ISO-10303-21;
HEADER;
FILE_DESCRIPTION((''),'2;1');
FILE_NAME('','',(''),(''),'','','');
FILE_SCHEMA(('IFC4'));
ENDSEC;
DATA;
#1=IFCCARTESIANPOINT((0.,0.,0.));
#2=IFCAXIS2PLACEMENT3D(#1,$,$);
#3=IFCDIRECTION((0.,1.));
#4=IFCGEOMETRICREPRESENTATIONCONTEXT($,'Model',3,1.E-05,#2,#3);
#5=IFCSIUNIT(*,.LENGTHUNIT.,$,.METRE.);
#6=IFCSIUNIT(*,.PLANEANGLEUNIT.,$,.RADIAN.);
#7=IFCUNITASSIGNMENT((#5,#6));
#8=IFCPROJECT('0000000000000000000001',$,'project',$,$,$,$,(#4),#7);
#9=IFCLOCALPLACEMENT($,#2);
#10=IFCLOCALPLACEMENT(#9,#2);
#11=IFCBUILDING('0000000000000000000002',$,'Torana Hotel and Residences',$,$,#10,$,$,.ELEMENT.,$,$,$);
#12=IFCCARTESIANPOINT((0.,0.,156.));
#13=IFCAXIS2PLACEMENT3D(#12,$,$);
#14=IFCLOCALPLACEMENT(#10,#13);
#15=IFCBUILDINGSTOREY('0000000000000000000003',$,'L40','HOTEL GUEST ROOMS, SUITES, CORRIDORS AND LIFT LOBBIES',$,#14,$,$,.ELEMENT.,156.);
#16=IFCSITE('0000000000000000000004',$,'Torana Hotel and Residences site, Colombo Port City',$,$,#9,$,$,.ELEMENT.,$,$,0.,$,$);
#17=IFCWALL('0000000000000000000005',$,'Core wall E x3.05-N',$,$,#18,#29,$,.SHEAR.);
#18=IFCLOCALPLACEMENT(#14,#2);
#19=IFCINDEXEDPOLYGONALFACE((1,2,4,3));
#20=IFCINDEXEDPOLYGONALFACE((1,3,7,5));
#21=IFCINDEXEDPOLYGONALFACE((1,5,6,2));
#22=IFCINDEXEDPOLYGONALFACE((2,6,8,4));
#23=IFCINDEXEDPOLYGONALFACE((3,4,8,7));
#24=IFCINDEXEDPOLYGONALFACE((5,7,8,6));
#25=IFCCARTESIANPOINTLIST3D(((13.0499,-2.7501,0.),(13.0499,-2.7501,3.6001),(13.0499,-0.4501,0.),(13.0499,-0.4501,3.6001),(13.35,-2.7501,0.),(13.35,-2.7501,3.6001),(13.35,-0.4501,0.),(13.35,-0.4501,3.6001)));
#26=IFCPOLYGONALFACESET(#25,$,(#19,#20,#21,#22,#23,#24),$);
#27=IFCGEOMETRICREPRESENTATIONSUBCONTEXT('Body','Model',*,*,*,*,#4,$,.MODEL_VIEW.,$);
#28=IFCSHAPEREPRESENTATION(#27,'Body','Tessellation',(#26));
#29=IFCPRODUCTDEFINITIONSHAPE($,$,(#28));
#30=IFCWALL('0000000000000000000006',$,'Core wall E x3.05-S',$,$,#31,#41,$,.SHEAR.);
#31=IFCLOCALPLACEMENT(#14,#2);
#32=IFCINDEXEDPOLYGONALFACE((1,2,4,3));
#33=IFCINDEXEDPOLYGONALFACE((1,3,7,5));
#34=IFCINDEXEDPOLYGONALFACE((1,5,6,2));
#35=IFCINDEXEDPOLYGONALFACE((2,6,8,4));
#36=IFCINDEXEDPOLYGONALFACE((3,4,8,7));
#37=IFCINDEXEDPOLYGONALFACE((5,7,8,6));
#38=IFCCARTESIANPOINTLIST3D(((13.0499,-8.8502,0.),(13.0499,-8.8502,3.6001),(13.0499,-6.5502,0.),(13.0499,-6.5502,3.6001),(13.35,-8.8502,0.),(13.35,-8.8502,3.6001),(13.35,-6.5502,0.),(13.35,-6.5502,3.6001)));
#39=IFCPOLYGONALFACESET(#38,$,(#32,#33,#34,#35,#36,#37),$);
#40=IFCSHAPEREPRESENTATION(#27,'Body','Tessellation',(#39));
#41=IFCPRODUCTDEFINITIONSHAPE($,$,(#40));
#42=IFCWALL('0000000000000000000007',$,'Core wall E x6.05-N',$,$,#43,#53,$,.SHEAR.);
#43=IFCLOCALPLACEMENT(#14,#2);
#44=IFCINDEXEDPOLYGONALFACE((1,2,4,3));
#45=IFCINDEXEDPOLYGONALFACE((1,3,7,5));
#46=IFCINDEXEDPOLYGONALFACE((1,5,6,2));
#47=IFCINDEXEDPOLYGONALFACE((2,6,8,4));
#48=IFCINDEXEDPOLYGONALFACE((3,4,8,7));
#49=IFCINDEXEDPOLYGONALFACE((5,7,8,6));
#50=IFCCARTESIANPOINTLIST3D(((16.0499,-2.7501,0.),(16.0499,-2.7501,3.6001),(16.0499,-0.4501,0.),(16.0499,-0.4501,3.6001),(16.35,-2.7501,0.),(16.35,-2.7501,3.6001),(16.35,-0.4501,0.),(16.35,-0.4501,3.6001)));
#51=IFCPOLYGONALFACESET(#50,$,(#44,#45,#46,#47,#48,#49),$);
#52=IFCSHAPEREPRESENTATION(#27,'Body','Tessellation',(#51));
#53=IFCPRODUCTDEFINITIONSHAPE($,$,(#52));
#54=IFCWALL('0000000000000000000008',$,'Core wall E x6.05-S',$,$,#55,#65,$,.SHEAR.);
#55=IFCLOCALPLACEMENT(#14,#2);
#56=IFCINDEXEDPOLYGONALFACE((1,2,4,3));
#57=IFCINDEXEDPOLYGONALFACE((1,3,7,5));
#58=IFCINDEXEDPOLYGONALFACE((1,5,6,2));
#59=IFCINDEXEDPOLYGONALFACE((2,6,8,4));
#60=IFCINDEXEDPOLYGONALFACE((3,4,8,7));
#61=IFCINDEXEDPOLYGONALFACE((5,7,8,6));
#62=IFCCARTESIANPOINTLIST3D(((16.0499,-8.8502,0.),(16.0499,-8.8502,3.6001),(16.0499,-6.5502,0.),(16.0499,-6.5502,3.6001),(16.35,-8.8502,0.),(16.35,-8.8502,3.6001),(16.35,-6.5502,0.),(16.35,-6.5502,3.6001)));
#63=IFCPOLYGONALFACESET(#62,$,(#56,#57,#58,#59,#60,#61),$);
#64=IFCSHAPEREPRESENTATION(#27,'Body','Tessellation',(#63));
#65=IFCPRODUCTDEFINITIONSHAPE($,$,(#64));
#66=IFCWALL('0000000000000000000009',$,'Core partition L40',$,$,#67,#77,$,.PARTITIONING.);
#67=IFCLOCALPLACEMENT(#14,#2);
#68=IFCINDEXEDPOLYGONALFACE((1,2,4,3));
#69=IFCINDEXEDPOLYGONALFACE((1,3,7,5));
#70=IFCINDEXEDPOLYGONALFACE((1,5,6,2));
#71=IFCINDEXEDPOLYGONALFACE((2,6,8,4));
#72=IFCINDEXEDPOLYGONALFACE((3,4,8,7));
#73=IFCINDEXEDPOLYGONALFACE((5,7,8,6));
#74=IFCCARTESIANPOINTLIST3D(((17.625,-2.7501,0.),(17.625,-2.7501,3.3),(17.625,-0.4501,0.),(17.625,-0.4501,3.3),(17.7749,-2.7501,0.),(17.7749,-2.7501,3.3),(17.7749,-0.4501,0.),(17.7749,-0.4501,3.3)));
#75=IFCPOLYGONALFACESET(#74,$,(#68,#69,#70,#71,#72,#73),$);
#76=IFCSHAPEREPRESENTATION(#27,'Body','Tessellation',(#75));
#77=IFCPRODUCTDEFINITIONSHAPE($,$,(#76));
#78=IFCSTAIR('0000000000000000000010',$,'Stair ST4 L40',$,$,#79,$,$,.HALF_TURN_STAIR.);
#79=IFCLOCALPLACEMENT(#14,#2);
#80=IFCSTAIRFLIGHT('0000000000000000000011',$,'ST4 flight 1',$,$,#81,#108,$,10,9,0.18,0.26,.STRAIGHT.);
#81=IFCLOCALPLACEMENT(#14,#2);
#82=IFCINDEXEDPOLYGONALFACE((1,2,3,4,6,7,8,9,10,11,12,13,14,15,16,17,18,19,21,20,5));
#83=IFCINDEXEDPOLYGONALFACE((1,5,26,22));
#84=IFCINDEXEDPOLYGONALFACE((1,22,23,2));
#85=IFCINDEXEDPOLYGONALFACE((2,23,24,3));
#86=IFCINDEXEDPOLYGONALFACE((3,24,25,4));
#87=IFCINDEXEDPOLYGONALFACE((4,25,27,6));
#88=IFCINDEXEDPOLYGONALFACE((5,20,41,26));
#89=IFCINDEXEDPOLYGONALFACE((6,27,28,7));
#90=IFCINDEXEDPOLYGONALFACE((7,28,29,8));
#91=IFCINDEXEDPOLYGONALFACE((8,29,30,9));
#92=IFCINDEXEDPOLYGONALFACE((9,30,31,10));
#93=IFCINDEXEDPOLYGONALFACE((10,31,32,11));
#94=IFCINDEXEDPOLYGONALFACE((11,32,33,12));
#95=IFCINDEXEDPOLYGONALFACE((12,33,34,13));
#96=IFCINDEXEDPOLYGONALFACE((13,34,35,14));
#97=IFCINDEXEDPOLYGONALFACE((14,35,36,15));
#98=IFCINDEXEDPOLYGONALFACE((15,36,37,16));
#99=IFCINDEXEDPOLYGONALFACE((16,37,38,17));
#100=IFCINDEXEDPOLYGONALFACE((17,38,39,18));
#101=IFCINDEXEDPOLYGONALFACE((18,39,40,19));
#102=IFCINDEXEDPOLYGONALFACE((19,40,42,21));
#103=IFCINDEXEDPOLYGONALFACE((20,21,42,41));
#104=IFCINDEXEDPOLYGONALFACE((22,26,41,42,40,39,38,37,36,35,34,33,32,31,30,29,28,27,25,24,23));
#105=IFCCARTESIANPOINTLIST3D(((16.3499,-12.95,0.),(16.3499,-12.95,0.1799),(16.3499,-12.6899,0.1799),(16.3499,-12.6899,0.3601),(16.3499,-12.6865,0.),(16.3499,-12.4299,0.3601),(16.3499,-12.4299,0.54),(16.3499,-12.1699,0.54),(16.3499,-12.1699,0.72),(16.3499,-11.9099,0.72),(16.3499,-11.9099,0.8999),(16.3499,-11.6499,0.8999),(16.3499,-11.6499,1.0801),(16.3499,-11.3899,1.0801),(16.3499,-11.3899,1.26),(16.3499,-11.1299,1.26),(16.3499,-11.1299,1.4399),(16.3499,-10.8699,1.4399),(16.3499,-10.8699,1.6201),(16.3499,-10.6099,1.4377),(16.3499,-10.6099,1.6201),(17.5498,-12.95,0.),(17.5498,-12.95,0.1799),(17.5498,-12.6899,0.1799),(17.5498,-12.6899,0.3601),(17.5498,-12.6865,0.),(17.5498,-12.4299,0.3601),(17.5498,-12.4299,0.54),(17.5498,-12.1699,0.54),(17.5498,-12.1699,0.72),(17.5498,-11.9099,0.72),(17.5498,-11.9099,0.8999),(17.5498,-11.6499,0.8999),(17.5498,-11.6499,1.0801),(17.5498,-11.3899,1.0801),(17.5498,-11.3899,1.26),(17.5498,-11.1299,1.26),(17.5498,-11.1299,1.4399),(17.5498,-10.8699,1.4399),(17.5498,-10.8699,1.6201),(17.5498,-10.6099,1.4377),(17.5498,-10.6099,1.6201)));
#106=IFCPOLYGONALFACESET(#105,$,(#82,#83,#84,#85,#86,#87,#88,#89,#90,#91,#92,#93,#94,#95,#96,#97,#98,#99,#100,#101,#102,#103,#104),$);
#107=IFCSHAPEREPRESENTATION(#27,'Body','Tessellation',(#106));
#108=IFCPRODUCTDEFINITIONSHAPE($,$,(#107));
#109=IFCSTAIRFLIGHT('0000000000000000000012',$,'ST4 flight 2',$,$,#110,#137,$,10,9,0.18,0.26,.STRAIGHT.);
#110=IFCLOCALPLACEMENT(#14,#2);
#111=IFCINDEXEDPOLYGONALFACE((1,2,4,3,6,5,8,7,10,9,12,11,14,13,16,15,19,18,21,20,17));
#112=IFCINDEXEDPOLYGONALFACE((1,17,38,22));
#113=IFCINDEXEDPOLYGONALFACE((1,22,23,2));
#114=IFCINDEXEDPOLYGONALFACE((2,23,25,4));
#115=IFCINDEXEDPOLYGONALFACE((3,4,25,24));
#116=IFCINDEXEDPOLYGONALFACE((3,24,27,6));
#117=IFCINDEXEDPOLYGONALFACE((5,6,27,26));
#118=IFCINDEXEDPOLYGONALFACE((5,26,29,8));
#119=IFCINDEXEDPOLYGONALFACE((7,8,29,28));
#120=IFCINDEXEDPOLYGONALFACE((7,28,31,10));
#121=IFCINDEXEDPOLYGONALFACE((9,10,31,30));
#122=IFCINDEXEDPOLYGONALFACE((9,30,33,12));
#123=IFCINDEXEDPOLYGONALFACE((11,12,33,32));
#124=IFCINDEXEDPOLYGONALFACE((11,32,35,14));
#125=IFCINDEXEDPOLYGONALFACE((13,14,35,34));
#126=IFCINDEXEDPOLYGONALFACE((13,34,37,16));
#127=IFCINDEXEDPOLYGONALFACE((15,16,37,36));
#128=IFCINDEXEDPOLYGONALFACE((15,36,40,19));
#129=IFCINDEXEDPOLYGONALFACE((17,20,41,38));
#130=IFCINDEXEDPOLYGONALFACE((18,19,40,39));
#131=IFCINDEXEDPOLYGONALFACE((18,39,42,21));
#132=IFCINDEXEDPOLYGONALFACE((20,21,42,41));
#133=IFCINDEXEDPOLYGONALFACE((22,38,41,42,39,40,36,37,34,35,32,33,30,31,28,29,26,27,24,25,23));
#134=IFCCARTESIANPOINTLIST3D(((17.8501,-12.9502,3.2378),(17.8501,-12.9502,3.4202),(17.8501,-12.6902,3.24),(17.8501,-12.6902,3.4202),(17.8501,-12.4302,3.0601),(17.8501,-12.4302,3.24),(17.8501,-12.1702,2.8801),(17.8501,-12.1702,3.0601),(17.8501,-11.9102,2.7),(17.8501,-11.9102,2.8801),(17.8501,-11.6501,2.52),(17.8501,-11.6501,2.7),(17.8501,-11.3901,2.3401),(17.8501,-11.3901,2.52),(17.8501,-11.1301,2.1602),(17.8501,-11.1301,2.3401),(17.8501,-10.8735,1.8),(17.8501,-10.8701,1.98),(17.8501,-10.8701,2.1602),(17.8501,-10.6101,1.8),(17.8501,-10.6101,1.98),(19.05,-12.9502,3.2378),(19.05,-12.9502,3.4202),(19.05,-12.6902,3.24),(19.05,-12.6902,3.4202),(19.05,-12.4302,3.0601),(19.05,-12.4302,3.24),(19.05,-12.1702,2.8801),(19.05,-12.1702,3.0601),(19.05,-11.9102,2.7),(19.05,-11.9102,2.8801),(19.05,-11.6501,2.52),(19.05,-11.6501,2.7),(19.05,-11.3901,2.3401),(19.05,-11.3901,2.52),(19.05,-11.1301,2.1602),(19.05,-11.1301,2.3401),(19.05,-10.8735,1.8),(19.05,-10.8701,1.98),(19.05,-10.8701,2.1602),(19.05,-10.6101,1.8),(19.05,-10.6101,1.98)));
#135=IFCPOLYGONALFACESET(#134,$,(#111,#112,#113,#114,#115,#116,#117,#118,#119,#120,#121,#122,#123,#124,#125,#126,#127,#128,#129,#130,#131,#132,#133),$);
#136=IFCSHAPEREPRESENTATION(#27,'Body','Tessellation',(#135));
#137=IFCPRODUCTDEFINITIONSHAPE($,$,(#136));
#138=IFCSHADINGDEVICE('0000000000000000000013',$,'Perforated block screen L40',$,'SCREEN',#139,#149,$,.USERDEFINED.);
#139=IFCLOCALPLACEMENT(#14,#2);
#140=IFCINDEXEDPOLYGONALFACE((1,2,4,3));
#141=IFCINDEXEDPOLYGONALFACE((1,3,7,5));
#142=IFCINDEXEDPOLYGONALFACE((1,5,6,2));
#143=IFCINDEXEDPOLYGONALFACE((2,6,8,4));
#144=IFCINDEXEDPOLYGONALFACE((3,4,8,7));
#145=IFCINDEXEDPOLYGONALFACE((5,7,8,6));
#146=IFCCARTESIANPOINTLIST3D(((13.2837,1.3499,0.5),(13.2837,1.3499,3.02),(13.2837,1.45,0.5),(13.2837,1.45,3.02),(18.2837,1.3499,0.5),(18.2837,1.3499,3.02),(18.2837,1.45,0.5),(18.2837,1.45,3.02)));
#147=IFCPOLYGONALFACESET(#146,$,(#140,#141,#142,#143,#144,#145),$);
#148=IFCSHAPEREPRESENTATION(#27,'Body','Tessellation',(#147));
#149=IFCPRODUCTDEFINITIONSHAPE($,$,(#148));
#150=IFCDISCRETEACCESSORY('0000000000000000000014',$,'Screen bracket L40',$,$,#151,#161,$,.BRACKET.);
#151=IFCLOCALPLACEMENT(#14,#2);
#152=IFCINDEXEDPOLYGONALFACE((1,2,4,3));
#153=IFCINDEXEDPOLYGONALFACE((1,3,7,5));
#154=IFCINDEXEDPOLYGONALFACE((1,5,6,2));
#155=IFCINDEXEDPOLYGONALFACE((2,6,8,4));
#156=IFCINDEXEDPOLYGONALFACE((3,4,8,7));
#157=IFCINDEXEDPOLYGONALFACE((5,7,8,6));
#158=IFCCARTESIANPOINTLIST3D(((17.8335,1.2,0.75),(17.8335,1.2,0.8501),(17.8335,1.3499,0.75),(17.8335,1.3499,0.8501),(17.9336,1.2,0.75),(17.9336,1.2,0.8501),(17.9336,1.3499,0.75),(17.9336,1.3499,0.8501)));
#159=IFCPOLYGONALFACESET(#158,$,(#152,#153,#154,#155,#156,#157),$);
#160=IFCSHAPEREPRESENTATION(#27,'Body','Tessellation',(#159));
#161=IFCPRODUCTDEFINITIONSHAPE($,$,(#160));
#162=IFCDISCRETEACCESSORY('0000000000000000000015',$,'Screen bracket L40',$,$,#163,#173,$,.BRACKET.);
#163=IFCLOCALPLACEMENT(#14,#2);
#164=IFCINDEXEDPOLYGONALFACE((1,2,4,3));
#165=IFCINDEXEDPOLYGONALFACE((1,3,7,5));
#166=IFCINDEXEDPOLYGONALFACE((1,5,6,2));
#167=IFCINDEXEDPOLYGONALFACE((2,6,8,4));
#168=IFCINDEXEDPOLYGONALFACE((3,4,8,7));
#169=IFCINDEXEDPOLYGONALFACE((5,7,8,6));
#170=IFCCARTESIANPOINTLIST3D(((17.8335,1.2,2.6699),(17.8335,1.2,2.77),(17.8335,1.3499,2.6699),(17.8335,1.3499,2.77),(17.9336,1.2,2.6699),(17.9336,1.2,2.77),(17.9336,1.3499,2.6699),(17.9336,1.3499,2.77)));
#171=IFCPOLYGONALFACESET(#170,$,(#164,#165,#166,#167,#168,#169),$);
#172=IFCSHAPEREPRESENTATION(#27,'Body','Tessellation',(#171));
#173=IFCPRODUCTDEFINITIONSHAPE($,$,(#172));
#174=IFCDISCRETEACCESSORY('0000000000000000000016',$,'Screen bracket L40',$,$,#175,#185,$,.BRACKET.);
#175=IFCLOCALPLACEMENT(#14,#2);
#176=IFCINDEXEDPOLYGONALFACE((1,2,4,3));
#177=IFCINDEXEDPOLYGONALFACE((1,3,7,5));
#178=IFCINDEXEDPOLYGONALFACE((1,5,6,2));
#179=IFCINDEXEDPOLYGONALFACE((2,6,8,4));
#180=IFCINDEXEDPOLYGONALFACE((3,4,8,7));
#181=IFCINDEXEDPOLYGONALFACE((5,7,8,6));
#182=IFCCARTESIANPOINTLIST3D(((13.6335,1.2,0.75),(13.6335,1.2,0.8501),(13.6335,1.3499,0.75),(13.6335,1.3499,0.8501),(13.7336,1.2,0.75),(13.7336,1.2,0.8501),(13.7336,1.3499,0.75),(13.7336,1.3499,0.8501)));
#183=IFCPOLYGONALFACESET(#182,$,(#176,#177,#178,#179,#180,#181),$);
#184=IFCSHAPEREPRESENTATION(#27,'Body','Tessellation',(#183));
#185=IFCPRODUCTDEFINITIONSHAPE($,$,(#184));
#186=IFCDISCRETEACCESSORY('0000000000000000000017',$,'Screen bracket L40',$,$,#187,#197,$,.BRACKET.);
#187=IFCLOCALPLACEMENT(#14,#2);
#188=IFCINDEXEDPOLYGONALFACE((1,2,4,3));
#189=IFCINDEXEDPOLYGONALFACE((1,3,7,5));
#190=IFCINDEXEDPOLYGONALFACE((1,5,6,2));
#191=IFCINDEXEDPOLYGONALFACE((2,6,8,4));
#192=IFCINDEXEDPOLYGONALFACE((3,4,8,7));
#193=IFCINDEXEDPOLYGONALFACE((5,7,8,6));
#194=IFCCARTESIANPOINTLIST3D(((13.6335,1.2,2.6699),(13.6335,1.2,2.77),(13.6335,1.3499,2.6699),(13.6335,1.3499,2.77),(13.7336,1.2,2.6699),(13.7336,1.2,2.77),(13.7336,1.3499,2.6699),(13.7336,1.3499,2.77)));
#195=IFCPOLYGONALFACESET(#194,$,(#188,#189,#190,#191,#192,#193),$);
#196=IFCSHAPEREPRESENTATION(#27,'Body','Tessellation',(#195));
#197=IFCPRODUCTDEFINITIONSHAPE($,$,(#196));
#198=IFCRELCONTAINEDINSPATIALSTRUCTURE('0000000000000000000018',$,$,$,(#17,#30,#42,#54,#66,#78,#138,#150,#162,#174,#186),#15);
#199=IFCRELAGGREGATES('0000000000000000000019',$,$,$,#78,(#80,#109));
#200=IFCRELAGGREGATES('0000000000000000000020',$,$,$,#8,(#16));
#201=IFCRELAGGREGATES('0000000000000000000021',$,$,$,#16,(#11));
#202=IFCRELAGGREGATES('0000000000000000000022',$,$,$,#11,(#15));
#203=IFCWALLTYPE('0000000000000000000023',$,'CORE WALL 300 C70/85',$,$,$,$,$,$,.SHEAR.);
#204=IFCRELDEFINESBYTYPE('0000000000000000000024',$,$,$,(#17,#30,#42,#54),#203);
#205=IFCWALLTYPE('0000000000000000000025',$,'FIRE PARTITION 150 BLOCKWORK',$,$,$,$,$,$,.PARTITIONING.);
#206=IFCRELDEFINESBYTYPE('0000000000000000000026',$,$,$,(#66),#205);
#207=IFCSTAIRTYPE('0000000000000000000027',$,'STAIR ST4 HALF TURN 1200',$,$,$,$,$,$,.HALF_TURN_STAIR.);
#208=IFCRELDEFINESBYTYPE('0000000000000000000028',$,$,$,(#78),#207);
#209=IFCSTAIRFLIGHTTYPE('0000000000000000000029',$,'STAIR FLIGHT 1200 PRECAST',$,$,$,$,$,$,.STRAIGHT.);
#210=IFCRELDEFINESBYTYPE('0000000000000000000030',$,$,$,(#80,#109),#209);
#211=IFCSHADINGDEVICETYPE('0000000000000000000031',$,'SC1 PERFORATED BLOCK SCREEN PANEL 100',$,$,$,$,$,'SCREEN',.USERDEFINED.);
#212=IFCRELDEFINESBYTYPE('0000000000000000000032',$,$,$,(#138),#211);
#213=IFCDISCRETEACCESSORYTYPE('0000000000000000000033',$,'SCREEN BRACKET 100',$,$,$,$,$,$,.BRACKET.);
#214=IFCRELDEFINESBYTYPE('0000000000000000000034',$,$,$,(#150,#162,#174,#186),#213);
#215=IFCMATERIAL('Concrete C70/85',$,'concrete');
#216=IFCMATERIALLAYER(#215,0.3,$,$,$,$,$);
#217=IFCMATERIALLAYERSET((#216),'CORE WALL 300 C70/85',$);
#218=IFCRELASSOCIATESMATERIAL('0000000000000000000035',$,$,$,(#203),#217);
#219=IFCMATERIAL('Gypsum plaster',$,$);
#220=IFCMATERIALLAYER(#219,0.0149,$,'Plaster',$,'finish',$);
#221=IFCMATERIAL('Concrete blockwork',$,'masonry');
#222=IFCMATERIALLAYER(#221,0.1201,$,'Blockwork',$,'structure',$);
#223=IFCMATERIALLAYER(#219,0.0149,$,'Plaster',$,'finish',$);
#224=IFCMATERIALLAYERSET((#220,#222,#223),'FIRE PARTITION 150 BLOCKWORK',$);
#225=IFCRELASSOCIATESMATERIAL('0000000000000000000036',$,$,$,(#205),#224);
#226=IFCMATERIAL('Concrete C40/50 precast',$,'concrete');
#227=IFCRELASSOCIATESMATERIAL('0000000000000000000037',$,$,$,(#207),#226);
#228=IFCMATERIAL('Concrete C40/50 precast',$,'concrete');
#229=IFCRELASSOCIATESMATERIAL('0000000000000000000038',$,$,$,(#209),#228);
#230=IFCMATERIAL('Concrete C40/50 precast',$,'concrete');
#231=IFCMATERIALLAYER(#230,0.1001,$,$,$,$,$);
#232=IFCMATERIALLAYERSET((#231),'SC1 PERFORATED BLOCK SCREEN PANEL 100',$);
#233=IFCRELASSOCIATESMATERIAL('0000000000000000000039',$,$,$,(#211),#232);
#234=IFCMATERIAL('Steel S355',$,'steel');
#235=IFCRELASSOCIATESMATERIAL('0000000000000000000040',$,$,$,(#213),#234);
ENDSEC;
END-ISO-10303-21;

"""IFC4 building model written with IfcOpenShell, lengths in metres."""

from ifc_helpers import new_model, si_unit, direction, frame, frame_2d, origin, origin_2d, place, context, subcontext, project, spatial, polyline, rectangle, outline, extrude, material, layer, layer_set, type_object, element, aggregate, save


model = new_model("IFC4")

# Units and contexts
model_context = context("Model", 3, precision=1e-05, world=origin(), true_north=direction((0.0, 1.0)))
body_context = subcontext(model_context, "Body", "Model", "MODEL_VIEW")
ifc_project = project(units=[si_unit("LENGTHUNIT", "METRE"), si_unit("PLANEANGLEUNIT", "RADIAN")], contexts=[model_context])

# Site, building, storey
site_placement = place(None, origin())
site = spatial("IfcSite", under=ifc_project, at=site_placement, Name="Torana Hotel and Residences site, Colombo Port City", CompositionType="ELEMENT", RefElevation=0.0)
building_placement = place(site_placement, origin())
building = spatial("IfcBuilding", under=site, at=building_placement, Name="Torana Hotel and Residences", CompositionType="ELEMENT")
storey_placement = place(building_placement, frame((0.0, 0.0, 156.0)))
storey = spatial("IfcBuildingStorey", under=building, at=storey_placement, Name="L40", Description="HOTEL GUEST ROOMS, SUITES, CORRIDORS AND LIFT LOBBIES", CompositionType="ELEMENT", Elevation=156.0)

# Walls
ifc_material_1 = material(Name="Concrete C70/85", Category="concrete")
ifc_layer_1 = layer(ifc_material_1, 0.3)
ifc_layer_set_1 = layer_set([ifc_layer_1], Name="CORE WALL 300 C70/85")
wall_type_1 = type_object("IfcWallType", Name="CORE WALL 300 C70/85", PredefinedType="SHEAR", material=ifc_layer_set_1)
for number, where, z_axis, x_axis, name in (
    (1, (13.2, -2.75, 0.0), (0.0, 0.0, 1.0), (0.0, 1.0, 0.0), "Core wall E x3.05-N"),
    (2, (13.2, -8.8501, 0.0), (0.0, 0.0, 1.0), (0.0, 1.0, 0.0), "Core wall E x3.05-S"),
    (3, (16.2, -2.75, 0.0), (0.0, 0.0, 1.0), (0.0, 1.0, 0.0), "Core wall E x6.05-N"),
    (4, (16.2, -8.8501, 0.0), (0.0, 0.0, 1.0), (0.0, 1.0, 0.0), "Core wall E x6.05-S"),
):
    element("IfcWall", number, at=place(storey_placement, frame(where, z_axis=z_axis, x_axis=x_axis)), inside=storey, type_object=wall_type_1, Name=name, PredefinedType="SHEAR", context=body_context, shape_type="SweptSolid", body=[
        extrude(rectangle(XDim=2.3, YDim=0.3, at=frame_2d((1.1499, 0.0))), origin(), (0.0, 0.0, 1.0), 3.6001),
    ])
ifc_material_2 = material(Name="Gypsum plaster")
ifc_layer_2 = layer(ifc_material_2, 0.0149, Name="Plaster", Category="finish")
ifc_material_3 = material(Name="Concrete blockwork", Category="masonry")
ifc_layer_3 = layer(ifc_material_3, 0.1201, Name="Blockwork", Category="structure")
ifc_layer_4 = layer(ifc_material_2, 0.0149, Name="Plaster", Category="finish")
ifc_layer_set_2 = layer_set([ifc_layer_2, ifc_layer_3, ifc_layer_4], Name="FIRE PARTITION 150 BLOCKWORK")
wall_type_2 = type_object("IfcWallType", Name="FIRE PARTITION 150 BLOCKWORK", PredefinedType="PARTITIONING", material=ifc_layer_set_2)
wall_placement = place(storey_placement, frame((17.7, -2.75, 0.0), z_axis=(0.0, 0.0, 1.0), x_axis=(0.0, 1.0, 0.0)))
element("IfcWall", 5, at=wall_placement, inside=storey, type_object=wall_type_2, Name="Core partition L40", PredefinedType="PARTITIONING", context=body_context, shape_type="SweptSolid", body=[
    extrude(rectangle(XDim=2.3, YDim=0.1499, at=frame_2d((1.1499, 0.0))), origin(), (0.0, 0.0, 1.0), 3.3),
])

# Stair, stair flights
ifc_material_4 = material(Name="Concrete C40/50 precast", Category="concrete")
stair_type = type_object("IfcStairType", Name="STAIR ST4 HALF TURN 1200", PredefinedType="HALF_TURN_STAIR", material=ifc_material_4)
stair_placement = place(storey_placement, origin())
stair = element("IfcStair", 6, at=stair_placement, inside=storey, type_object=stair_type, Name="Stair ST4 L40", PredefinedType="HALF_TURN_STAIR")
ifc_material_5 = material(Name="Concrete C40/50 precast", Category="concrete")
stair_flight_type = type_object("IfcStairFlightType", Name="STAIR FLIGHT 1200 PRECAST", PredefinedType="STRAIGHT", material=ifc_material_5)
stair_flight_1_placement = place(storey_placement, frame((16.95, -12.95, 0.0), z_axis=(0.0, 0.0, 1.0), x_axis=(0.0, 1.0, 0.0)))
stair_flight_1 = element("IfcStairFlight", 7, at=stair_flight_1_placement, type_object=stair_flight_type, Name="ST4 flight 1", NumberOfRisers=10, NumberOfTreads=9, PredefinedType="STRAIGHT", RiserHeight=0.18, TreadLength=0.26, context=body_context, shape_type="SweptSolid", body=[
    extrude(outline(polyline([(0.0, 0.0), (0.0, 0.1799), (0.26, 0.1799), (0.26, 0.3601), (0.52, 0.3601), (0.52, 0.54), (0.78, 0.54), (0.78, 0.72), (1.04, 0.72), (1.04, 0.8999), (1.3, 0.8999), (1.3, 1.0801), (1.5601, 1.0801), (1.5601, 1.26), (1.8201, 1.26), (1.8201, 1.4399), (2.0801, 1.4399), (2.0801, 1.6201), (2.3401, 1.6201), (2.3401, 1.8), (2.3401, 1.4377), (0.2634, 0.0), (0.0, 0.0)])), frame((0.0, 0.6001, 0.0), z_axis=(0.0, -1.0, 0.0), x_axis=(1.0, 0.0, 0.0)), (0.0, 0.0, 1.0), 1.2),
])
stair_flight_2_placement = place(storey_placement, frame((18.45, -10.6101, 1.8), z_axis=(0.0, 0.0, 1.0), x_axis=(0.0, -1.0, 0.0)))
stair_flight_2 = element("IfcStairFlight", 8, at=stair_flight_2_placement, type_object=stair_flight_type, Name="ST4 flight 2", NumberOfRisers=10, NumberOfTreads=9, PredefinedType="STRAIGHT", RiserHeight=0.18, TreadLength=0.26, context=body_context, shape_type="SweptSolid", body=[
    extrude(outline(polyline([(0.0, 0.0), (0.0, 0.1799), (0.26, 0.1799), (0.26, 0.3601), (0.52, 0.3601), (0.52, 0.54), (0.78, 0.54), (0.78, 0.72), (1.04, 0.72), (1.04, 0.8999), (1.3, 0.8999), (1.3, 1.0801), (1.5601, 1.0801), (1.5601, 1.26), (1.8201, 1.26), (1.8201, 1.4399), (2.0801, 1.4399), (2.0801, 1.6201), (2.3401, 1.6201), (2.3401, 1.8), (2.3401, 1.4377), (0.2634, 0.0), (0.0, 0.0)])), frame((0.0, 0.6001, 0.0), z_axis=(0.0, -1.0, 0.0), x_axis=(1.0, 0.0, 0.0)), (0.0, 0.0, 1.0), 1.2),
])
aggregate(stair, [stair_flight_1, stair_flight_2])

# Shading device
ifc_material_6 = material(Name="Concrete C40/50 precast", Category="concrete")
ifc_layer_5 = layer(ifc_material_6, 0.1001)
ifc_layer_set_3 = layer_set([ifc_layer_5], Name="SC1 PERFORATED BLOCK SCREEN PANEL 100")
shading_device_type = type_object("IfcShadingDeviceType", Name="SC1 PERFORATED BLOCK SCREEN PANEL 100", ElementType="SCREEN", PredefinedType="USERDEFINED", material=ifc_layer_set_3)
shading_device_placement = place(storey_placement, frame((15.7837, 1.3999, 0.5), z_axis=(0.0, 0.0, 1.0), x_axis=(-1.0, 0.0, 0.0)))
element("IfcShadingDevice", 9, at=shading_device_placement, inside=storey, type_object=shading_device_type, Name="Perforated block screen L40", ObjectType="SCREEN", PredefinedType="USERDEFINED", context=body_context, shape_type="SweptSolid", body=[
    extrude(rectangle(XDim=5.0, YDim=0.1001, at=origin_2d()), origin(), (0.0, 0.0, 1.0), 2.52),
])

# Discrete accessories
ifc_material_7 = material(Name="Steel S355", Category="steel")
discrete_accessory_type = type_object("IfcDiscreteAccessoryType", Name="SCREEN BRACKET 100", PredefinedType="BRACKET", material=ifc_material_7)
for number, where, z_axis, x_axis, name in (
    (10, (17.8835, 1.2749, 0.75), (0.0, 0.0, 1.0), (-1.0, 0.0, 0.0), "Screen bracket L40"),
    (11, (17.8835, 1.2749, 2.6699), (0.0, 0.0, 1.0), (-1.0, 0.0, 0.0), "Screen bracket L40"),
    (12, (13.6836, 1.2749, 0.75), (0.0, 0.0, 1.0), (-1.0, 0.0, 0.0), "Screen bracket L40"),
    (13, (13.6836, 1.2749, 2.6699), (0.0, 0.0, 1.0), (-1.0, 0.0, 0.0), "Screen bracket L40"),
):
    element("IfcDiscreteAccessory", number, at=place(storey_placement, frame(where, z_axis=z_axis, x_axis=x_axis)), inside=storey, type_object=discrete_accessory_type, Name=name, PredefinedType="BRACKET", context=body_context, shape_type="SweptSolid", body=[
        extrude(rectangle(XDim=0.1001, YDim=0.1499, at=origin_2d()), origin(), (0.0, 0.0, 1.0), 0.1001),
    ])

save(model, "model.ifc")
